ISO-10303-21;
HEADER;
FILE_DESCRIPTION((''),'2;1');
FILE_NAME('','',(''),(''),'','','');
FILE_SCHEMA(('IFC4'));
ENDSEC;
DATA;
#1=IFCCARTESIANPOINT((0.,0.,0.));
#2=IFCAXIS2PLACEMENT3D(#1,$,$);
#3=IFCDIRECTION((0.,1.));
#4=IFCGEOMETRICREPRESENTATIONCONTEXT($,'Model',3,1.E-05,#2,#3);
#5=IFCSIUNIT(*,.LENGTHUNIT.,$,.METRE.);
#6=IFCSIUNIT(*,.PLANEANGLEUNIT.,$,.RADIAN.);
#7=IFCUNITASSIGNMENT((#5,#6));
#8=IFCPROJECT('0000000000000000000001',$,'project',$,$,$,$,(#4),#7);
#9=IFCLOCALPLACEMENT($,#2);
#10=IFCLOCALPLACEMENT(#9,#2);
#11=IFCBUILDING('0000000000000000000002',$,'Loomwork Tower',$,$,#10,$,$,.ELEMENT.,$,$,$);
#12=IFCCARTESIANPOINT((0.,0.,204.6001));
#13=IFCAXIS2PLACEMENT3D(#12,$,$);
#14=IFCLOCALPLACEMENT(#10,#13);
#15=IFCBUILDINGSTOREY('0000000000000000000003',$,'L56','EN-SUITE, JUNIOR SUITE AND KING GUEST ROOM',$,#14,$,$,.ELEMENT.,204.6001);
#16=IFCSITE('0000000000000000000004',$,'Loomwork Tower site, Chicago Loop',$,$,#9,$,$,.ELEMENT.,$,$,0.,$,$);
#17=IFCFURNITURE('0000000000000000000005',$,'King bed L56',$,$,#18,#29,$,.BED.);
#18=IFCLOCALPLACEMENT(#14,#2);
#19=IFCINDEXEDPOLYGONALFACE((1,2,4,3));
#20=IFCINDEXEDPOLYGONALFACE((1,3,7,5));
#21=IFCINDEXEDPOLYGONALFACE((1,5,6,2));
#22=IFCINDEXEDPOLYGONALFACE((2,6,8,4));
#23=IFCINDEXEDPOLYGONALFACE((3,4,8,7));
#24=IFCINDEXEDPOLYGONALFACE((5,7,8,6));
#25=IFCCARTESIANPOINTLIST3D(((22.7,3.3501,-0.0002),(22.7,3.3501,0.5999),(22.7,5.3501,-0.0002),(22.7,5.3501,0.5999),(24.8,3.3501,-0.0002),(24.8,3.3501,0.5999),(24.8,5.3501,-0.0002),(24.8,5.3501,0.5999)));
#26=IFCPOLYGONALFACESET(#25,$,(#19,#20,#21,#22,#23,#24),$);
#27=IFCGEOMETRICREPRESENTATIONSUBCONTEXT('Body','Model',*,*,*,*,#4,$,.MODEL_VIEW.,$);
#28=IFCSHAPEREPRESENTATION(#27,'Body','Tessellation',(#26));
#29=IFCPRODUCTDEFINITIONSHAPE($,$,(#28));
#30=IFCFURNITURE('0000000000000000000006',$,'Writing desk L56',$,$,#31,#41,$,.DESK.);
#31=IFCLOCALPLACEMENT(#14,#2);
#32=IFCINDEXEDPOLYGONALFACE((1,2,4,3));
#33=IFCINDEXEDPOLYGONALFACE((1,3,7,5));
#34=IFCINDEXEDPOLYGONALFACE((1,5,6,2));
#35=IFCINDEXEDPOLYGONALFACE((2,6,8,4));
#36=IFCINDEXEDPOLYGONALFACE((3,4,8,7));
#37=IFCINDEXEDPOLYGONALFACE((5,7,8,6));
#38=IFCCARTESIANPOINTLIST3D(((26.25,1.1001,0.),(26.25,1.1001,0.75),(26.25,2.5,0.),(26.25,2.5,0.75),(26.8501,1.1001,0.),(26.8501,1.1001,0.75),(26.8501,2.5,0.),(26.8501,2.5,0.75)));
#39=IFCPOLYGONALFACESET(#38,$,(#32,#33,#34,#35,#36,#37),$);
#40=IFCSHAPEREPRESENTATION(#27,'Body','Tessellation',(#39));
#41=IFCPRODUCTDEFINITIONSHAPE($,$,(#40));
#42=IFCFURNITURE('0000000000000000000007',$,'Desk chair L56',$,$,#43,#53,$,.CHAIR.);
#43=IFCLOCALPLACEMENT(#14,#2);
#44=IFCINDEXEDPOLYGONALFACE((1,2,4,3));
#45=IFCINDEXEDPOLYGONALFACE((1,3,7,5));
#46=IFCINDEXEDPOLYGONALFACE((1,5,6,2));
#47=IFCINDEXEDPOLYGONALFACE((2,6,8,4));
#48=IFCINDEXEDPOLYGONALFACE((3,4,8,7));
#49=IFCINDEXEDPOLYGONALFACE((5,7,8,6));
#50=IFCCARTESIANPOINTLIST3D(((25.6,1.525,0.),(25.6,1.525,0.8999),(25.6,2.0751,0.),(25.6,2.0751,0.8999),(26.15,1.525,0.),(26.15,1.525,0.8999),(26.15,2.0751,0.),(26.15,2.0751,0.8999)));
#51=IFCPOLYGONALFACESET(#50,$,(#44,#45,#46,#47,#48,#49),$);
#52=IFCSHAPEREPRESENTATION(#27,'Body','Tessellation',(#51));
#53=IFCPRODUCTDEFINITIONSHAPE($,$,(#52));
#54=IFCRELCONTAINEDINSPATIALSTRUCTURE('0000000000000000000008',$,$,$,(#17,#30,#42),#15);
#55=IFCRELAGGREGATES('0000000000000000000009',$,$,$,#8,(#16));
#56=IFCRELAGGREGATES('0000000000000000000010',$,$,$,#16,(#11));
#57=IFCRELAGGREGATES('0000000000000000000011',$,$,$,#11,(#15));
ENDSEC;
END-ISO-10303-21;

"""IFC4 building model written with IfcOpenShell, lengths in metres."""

from ifc_helpers import new_model, si_unit, direction, frame, origin, origin_2d, place, context, subcontext, project, spatial, rectangle, extrude, element, save


model = new_model("IFC4")

# Units and contexts
model_context = context("Model", 3, precision=1e-05, world=origin(), true_north=direction((0.0, 1.0)))
body_context = subcontext(model_context, "Body", "Model", "MODEL_VIEW")
ifc_project = project(units=[si_unit("LENGTHUNIT", "METRE"), si_unit("PLANEANGLEUNIT", "RADIAN")], contexts=[model_context])

# Site, building, storey
site_placement = place(None, origin())
site = spatial("IfcSite", under=ifc_project, at=site_placement, Name="Loomwork Tower site, Chicago Loop", CompositionType="ELEMENT", RefElevation=0.0)
building_placement = place(site_placement, origin())
building = spatial("IfcBuilding", under=site, at=building_placement, Name="Loomwork Tower", CompositionType="ELEMENT")
storey_placement = place(building_placement, frame((0.0, 0.0, 204.6001)))
storey = spatial("IfcBuildingStorey", under=building, at=storey_placement, Name="L56", Description="EN-SUITE, JUNIOR SUITE AND KING GUEST ROOM", CompositionType="ELEMENT", Elevation=204.6001)

# Furniture
for number, where, z_axis, x_axis, name in (
    (1, (23.75, 4.3501, -0.0002), (0.0, 0.0, 1.0), (1.0, 0.0, 0.0), "King bed L56"),
):
    element("IfcFurniture", number, at=place(storey_placement, frame(where, z_axis=z_axis, x_axis=x_axis)), inside=storey, Name=name, PredefinedType="BED", context=body_context, shape_type="SweptSolid", body=[
        extrude(rectangle(XDim=2.1001, YDim=2.0, at=origin_2d()), origin(), (0.0, 0.0, 1.0), 0.6001),
    ])
furniture_1_placement = place(storey_placement, frame((26.55, 1.8, 0.0), z_axis=(0.0, 0.0, 1.0), x_axis=(1.0, 0.0, 0.0)))
element("IfcFurniture", 2, at=furniture_1_placement, inside=storey, Name="Writing desk L56", PredefinedType="DESK", context=body_context, shape_type="SweptSolid", body=[
    extrude(rectangle(XDim=0.6001, YDim=1.3999, at=origin_2d()), origin(), (0.0, 0.0, 1.0), 0.75),
])
furniture_2_placement = place(storey_placement, frame((25.875, 1.8, 0.0), z_axis=(0.0, 0.0, 1.0), x_axis=(1.0, 0.0, 0.0)))
element("IfcFurniture", 3, at=furniture_2_placement, inside=storey, Name="Desk chair L56", PredefinedType="CHAIR", context=body_context, shape_type="SweptSolid", body=[
    extrude(rectangle(XDim=0.55, YDim=0.55, at=origin_2d()), origin(), (0.0, 0.0, 1.0), 0.8999),
])

save(model, "model.ifc")
